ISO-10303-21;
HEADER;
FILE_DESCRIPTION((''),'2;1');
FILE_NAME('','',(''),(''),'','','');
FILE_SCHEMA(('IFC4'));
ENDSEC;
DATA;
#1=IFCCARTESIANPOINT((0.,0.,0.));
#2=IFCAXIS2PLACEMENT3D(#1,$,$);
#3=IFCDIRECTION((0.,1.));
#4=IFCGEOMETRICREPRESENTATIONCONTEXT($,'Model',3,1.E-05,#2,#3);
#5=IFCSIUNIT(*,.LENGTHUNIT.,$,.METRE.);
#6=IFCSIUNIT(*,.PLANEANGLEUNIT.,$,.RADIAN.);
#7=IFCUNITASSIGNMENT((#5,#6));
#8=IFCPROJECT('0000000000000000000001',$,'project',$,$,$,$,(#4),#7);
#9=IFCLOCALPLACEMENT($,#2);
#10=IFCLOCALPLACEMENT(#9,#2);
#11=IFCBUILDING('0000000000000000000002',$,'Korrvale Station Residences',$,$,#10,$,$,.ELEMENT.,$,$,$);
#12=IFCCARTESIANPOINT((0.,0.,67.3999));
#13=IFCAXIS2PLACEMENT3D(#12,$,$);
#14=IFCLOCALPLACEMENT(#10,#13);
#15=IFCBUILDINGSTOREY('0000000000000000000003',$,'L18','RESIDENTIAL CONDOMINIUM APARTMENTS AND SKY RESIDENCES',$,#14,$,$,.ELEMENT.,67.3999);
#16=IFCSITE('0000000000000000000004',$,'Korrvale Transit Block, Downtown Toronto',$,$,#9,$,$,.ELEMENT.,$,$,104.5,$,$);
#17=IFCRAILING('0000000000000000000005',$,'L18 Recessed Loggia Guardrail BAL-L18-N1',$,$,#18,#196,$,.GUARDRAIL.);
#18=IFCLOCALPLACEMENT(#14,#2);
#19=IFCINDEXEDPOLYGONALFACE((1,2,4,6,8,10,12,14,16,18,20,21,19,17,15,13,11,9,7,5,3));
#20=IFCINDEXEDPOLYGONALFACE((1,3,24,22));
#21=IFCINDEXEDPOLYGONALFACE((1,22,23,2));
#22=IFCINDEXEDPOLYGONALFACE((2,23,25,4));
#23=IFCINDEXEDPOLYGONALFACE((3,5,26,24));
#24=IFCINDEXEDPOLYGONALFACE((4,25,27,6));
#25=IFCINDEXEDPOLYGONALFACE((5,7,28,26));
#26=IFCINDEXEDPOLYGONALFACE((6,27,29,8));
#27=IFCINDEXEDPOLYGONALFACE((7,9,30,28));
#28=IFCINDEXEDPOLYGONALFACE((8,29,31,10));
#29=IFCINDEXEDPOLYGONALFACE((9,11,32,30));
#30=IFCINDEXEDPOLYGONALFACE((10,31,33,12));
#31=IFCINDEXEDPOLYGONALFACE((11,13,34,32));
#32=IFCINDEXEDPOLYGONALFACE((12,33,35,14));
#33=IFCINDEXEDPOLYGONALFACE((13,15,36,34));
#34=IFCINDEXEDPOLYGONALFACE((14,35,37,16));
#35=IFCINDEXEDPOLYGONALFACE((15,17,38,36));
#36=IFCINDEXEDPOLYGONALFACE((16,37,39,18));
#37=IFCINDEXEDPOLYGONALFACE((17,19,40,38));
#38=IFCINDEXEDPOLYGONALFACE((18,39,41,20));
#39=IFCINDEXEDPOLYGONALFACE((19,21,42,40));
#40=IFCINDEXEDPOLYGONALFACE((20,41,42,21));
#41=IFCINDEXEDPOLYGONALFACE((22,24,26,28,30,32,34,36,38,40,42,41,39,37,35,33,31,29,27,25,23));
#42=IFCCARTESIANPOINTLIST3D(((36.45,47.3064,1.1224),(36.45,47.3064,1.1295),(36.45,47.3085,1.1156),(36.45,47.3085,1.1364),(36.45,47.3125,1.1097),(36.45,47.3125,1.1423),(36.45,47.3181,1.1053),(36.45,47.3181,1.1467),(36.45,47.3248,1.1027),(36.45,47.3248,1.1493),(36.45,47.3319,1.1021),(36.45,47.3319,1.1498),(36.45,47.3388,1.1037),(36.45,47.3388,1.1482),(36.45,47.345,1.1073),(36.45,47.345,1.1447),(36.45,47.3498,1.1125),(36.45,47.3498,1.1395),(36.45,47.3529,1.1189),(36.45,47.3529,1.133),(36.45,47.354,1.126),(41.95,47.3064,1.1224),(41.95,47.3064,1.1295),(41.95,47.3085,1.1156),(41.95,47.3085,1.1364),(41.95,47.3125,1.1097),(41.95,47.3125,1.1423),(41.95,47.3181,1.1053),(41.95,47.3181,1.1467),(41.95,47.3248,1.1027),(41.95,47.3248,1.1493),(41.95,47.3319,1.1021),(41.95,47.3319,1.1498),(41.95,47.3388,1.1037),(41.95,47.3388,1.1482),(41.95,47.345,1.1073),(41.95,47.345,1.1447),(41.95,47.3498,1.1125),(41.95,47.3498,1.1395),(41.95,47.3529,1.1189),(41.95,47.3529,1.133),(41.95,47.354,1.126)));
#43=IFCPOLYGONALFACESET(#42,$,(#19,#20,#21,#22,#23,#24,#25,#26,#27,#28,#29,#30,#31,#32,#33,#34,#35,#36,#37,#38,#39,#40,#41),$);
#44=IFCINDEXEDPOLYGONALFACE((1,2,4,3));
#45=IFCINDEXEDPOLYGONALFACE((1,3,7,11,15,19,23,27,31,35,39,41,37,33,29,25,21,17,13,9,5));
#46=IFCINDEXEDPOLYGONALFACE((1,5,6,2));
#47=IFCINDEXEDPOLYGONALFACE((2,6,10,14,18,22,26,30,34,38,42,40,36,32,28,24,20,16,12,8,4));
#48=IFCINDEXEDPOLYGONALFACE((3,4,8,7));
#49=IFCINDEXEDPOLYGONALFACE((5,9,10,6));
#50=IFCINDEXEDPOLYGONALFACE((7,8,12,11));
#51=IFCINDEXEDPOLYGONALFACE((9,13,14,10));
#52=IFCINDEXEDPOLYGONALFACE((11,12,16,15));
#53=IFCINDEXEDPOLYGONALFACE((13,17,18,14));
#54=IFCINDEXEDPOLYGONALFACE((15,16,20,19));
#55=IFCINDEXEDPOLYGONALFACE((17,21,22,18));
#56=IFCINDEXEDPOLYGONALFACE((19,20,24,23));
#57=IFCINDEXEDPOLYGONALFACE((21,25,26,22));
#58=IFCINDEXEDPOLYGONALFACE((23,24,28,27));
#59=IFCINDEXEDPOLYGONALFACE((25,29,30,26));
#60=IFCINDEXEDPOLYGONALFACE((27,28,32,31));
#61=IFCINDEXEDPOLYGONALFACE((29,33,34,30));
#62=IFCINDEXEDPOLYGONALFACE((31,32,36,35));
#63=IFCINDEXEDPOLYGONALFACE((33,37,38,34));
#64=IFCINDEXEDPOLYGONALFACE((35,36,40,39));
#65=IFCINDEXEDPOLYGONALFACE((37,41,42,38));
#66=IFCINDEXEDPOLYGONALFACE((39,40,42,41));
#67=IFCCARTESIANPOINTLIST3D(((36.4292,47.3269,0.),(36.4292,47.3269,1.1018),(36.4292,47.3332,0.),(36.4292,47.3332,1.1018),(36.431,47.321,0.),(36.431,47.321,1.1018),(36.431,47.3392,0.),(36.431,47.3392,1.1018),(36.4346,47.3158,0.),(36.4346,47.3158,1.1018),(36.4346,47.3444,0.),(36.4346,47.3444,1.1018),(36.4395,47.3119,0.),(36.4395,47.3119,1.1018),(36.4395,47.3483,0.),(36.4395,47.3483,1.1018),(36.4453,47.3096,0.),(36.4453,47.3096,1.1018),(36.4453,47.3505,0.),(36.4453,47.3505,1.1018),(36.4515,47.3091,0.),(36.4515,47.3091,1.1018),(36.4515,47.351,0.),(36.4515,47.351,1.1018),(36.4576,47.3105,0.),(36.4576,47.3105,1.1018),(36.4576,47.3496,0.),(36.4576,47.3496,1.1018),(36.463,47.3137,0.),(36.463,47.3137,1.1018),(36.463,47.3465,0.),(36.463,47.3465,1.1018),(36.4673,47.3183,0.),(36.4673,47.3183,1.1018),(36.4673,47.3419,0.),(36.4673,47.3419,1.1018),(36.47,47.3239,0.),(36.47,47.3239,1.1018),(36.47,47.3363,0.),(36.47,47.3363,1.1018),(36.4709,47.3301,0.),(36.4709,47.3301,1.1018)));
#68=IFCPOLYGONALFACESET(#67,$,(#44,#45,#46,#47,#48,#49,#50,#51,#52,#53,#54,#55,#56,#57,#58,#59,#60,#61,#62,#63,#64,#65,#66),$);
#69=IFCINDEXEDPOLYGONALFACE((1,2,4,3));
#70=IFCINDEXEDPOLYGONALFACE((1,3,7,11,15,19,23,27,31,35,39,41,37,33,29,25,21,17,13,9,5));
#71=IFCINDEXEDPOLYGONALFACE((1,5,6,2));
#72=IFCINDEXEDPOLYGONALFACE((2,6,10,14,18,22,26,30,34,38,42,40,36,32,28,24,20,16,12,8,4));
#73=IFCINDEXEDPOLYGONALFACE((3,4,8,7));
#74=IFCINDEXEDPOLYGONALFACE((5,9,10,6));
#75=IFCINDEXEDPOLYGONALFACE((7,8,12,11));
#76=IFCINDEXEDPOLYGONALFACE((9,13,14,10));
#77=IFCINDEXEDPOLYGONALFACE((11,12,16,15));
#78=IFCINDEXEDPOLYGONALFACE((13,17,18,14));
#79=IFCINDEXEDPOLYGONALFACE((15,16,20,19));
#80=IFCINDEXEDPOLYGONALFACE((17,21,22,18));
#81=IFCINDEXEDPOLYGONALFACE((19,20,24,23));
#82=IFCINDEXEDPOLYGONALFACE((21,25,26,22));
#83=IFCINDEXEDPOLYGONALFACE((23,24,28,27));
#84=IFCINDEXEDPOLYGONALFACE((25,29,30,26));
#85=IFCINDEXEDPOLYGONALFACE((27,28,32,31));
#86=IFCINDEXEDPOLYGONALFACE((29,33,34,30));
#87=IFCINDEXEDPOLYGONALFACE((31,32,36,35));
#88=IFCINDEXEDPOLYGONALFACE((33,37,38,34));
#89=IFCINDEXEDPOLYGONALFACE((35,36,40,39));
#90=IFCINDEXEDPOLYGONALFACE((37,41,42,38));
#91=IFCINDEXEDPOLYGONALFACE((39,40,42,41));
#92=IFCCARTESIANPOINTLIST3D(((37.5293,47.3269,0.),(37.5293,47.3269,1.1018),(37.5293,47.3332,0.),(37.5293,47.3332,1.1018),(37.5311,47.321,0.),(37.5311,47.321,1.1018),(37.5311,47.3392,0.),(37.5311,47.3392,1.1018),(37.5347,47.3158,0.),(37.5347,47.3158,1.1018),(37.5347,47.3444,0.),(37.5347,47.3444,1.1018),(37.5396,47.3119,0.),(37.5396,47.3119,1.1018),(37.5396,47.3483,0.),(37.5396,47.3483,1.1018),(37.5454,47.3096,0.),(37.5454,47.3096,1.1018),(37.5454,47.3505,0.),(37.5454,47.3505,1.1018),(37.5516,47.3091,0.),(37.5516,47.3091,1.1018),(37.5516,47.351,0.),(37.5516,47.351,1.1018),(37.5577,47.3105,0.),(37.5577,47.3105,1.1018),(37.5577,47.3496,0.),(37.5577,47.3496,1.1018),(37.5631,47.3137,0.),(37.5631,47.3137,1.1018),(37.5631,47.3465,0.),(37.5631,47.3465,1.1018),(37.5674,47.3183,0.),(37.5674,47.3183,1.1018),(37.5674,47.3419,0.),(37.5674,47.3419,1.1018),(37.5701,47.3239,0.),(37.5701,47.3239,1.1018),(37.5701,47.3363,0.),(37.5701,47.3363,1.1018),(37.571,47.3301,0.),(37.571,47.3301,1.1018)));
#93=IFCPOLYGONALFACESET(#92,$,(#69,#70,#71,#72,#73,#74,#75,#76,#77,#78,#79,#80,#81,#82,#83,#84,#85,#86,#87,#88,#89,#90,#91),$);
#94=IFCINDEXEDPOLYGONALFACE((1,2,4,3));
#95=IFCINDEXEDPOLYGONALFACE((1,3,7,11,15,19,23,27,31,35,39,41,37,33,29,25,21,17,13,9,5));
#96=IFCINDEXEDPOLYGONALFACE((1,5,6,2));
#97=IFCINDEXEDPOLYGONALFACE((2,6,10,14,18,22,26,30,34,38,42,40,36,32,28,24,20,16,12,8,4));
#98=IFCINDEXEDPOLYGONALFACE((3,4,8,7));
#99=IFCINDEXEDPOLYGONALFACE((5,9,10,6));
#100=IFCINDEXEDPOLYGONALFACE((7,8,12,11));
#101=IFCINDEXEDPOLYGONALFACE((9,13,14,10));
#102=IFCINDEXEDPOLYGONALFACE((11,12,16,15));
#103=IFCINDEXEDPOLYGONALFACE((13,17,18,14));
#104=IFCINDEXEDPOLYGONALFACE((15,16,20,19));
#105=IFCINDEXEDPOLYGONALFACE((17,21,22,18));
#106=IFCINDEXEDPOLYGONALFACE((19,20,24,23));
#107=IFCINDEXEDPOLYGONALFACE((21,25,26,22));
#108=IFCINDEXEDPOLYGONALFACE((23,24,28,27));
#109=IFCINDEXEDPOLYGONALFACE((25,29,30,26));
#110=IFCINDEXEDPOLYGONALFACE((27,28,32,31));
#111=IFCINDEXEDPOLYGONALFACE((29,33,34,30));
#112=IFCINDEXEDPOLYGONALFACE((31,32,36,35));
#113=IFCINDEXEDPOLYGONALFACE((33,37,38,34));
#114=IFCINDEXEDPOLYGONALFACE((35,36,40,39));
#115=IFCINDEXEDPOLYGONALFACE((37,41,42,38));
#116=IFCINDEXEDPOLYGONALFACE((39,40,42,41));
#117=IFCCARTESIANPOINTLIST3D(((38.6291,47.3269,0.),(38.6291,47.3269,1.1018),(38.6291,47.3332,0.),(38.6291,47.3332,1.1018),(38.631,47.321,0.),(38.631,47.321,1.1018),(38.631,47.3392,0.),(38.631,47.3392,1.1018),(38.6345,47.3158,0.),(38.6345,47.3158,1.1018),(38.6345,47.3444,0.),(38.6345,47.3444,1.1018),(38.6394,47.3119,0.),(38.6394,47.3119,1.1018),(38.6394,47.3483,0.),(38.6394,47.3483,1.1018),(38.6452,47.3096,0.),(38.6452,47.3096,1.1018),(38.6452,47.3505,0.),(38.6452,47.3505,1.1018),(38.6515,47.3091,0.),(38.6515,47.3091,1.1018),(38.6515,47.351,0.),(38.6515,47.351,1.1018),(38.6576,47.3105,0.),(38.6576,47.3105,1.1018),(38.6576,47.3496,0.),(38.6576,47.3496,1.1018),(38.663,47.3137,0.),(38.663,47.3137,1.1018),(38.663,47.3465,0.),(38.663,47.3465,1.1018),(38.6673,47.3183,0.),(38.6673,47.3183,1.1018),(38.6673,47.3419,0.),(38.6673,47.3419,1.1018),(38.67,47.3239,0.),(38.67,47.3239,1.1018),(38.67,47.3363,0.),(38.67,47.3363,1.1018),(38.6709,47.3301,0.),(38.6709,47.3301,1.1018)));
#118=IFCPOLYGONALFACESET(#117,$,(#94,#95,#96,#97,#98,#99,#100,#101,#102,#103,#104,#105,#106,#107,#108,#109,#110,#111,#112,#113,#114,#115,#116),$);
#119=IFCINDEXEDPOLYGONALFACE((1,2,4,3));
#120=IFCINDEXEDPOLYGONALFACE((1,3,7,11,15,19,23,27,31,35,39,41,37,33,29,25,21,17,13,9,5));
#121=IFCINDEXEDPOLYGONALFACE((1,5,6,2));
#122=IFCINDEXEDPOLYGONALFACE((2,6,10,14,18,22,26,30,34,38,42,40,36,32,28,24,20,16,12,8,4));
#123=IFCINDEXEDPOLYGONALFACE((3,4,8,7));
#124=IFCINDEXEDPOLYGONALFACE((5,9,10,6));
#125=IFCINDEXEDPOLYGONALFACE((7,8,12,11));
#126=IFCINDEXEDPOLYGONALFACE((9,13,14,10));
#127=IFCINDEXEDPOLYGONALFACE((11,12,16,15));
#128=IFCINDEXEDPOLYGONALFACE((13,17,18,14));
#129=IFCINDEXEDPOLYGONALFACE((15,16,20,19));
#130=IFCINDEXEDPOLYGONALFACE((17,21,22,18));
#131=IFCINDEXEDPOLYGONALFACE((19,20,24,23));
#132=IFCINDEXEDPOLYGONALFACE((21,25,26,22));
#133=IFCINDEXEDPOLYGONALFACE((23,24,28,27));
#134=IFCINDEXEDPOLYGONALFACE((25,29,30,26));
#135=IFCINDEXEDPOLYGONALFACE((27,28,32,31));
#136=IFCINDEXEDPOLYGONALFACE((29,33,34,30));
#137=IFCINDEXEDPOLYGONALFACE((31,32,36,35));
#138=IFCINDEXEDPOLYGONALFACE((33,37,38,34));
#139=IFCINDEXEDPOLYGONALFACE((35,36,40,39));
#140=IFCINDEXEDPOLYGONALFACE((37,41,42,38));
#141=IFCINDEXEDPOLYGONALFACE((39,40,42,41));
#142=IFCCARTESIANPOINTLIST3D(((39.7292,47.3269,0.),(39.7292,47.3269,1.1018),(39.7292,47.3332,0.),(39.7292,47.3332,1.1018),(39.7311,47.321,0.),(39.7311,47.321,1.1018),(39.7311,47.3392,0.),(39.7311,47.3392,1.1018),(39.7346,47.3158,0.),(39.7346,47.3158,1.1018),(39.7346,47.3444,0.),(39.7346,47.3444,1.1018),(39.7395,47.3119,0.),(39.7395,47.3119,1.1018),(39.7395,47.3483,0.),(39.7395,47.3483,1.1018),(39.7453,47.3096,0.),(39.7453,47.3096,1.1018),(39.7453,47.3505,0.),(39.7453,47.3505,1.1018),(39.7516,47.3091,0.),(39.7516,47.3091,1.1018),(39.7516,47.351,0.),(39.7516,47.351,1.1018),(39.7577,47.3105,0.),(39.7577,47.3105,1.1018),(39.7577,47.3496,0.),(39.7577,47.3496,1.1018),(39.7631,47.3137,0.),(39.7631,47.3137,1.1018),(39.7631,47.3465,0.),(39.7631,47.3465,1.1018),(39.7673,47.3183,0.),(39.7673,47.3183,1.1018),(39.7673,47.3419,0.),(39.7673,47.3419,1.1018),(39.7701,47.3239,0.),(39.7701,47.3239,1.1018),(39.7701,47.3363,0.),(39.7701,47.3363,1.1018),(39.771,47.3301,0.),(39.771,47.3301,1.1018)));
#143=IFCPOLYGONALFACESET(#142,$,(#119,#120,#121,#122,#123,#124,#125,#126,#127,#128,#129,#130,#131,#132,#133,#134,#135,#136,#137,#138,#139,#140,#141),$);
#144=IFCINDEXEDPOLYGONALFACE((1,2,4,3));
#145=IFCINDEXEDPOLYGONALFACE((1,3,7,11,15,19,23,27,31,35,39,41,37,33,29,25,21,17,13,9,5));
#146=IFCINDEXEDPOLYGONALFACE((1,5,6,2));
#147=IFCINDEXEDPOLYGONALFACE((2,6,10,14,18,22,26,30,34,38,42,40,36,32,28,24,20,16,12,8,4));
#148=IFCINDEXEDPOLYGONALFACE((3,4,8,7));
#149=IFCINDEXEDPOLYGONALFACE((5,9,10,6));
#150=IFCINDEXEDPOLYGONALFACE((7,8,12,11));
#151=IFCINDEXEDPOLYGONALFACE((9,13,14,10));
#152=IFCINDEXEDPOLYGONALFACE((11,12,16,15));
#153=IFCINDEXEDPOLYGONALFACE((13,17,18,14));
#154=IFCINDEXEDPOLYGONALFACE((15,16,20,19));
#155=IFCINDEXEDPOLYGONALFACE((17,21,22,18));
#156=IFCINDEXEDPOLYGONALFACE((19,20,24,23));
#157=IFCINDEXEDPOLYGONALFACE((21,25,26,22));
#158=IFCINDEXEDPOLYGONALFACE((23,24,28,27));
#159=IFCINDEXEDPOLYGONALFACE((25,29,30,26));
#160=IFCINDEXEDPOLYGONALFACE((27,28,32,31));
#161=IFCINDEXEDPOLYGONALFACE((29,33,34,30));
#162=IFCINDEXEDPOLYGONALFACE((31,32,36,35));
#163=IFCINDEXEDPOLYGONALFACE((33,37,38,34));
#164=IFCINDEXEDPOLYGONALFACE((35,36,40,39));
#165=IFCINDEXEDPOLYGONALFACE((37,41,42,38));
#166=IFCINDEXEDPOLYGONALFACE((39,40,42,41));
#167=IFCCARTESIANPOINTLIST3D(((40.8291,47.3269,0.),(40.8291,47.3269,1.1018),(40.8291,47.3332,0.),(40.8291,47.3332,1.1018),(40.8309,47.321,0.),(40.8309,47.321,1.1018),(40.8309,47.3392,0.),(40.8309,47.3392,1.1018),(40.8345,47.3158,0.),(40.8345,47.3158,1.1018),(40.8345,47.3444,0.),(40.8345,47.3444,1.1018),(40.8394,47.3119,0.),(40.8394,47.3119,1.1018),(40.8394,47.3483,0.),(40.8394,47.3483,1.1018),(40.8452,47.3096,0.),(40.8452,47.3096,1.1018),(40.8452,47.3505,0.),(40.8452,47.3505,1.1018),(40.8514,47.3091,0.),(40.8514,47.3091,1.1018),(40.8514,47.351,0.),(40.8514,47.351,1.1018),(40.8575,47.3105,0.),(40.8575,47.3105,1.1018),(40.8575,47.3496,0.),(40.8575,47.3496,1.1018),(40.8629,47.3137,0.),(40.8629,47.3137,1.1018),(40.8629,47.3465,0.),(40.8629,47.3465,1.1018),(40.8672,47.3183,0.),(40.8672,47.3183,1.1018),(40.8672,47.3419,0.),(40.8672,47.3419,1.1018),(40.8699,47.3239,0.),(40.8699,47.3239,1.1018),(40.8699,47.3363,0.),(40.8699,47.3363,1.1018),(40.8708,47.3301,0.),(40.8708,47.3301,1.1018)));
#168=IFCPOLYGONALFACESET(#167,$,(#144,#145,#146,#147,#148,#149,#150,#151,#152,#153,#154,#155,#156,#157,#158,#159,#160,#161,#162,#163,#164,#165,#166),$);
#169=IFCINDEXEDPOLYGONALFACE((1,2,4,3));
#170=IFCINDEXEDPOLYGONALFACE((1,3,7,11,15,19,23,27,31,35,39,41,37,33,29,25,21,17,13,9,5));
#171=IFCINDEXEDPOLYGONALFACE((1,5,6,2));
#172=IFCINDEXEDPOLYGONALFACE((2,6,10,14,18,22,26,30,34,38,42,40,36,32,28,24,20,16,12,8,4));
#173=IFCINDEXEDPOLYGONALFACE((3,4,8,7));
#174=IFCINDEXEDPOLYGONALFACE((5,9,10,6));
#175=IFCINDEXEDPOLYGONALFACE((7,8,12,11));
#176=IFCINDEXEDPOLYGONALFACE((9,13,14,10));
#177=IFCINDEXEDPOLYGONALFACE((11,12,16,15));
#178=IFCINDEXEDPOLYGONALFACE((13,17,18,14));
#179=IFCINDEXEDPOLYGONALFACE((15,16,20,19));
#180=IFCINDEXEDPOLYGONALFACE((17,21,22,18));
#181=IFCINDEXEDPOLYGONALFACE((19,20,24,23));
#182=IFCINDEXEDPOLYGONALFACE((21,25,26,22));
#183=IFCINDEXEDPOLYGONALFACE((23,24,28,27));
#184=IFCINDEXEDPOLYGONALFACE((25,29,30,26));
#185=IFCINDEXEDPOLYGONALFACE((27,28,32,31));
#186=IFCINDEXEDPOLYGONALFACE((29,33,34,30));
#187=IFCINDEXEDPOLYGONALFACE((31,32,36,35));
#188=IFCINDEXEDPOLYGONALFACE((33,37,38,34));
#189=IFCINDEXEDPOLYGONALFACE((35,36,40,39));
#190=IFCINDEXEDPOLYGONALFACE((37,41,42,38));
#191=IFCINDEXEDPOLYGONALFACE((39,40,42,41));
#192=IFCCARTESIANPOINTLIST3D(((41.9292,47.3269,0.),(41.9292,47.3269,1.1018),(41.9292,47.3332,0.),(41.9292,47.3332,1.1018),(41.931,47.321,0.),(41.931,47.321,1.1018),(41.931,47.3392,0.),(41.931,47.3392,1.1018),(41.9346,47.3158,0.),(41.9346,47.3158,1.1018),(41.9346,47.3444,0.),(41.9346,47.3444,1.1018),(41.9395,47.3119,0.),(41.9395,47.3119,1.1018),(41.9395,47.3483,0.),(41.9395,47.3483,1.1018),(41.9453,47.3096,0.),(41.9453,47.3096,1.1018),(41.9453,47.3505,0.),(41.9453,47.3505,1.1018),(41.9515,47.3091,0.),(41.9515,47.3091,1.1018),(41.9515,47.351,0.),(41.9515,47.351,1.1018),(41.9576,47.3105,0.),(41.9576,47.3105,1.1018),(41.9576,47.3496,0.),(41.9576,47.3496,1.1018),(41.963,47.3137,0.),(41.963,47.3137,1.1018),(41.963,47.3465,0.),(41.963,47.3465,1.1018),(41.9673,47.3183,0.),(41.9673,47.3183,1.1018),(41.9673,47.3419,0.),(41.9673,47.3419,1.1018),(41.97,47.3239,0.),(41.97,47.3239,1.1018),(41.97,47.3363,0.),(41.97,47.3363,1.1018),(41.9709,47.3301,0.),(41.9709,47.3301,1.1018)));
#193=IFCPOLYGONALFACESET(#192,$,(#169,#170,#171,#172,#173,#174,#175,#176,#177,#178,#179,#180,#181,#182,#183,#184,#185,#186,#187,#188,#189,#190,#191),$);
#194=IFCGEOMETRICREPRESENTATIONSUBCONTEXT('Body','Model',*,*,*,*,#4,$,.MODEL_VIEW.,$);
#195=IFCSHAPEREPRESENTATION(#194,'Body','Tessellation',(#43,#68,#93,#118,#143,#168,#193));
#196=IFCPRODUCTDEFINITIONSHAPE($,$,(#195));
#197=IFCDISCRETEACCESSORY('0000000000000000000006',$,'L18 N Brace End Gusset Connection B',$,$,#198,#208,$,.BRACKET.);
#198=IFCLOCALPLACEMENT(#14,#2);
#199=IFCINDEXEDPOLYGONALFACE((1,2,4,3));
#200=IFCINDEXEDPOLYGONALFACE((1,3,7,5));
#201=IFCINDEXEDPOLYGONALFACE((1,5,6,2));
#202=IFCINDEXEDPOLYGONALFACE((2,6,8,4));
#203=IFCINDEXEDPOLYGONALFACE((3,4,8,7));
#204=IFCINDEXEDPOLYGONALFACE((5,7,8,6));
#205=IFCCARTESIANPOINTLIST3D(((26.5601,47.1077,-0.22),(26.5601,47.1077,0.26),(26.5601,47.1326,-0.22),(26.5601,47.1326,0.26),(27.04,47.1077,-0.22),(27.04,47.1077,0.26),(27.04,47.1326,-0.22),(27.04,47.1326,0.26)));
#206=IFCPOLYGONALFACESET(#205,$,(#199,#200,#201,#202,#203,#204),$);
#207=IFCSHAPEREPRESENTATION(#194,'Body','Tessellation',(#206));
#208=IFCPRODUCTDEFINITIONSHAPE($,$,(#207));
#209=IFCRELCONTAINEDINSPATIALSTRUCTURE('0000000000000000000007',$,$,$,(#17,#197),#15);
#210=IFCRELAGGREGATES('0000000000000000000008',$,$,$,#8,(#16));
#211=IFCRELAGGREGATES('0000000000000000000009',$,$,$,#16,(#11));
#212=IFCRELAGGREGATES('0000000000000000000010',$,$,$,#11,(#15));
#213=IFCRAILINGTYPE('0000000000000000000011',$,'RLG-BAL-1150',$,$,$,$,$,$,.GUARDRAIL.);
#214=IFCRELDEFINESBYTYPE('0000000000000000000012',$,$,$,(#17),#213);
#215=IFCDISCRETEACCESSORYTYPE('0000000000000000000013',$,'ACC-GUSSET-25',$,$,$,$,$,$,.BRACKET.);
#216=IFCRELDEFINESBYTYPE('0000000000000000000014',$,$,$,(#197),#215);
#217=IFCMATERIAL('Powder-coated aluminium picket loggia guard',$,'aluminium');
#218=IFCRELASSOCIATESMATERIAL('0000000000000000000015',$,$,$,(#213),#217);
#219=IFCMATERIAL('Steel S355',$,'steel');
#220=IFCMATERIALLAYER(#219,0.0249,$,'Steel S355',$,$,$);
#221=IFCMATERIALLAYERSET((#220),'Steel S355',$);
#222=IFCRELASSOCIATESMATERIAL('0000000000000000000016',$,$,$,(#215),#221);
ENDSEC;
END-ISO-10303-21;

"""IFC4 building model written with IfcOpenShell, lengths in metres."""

from ifc_helpers import new_model, si_unit, direction, frame, origin, origin_2d, place, context, subcontext, project, spatial, rectangle, circle, extrude, material, layer, layer_set, type_object, element, save


model = new_model("IFC4")

# Units and contexts
model_context = context("Model", 3, precision=1e-05, world=origin(), true_north=direction((0.0, 1.0)))
body_context = subcontext(model_context, "Body", "Model", "MODEL_VIEW")
ifc_project = project(units=[si_unit("LENGTHUNIT", "METRE"), si_unit("PLANEANGLEUNIT", "RADIAN")], contexts=[model_context])

# Site, building, storey
site_placement = place(None, origin())
site = spatial("IfcSite", under=ifc_project, at=site_placement, Name="Korrvale Transit Block, Downtown Toronto", CompositionType="ELEMENT", RefElevation=104.5)
building_placement = place(site_placement, origin())
building = spatial("IfcBuilding", under=site, at=building_placement, Name="Korrvale Station Residences", CompositionType="ELEMENT")
storey_placement = place(building_placement, frame((0.0, 0.0, 67.3999)))
storey = spatial("IfcBuildingStorey", under=building, at=storey_placement, Name="L18", Description="RESIDENTIAL CONDOMINIUM APARTMENTS AND SKY RESIDENCES", CompositionType="ELEMENT", Elevation=67.3999)

# Shared definitions
ifc_material_1 = material(Name="Steel S355", Category="steel")

# Railing
ifc_material_2 = material(Name="Powder-coated aluminium picket loggia guard", Category="aluminium")
railing_type = type_object("IfcRailingType", Name="RLG-BAL-1150", PredefinedType="GUARDRAIL", material=ifc_material_2)
railing_placement = place(storey_placement, frame((36.45, 47.3301, 0.0)))
element("IfcRailing", 1, at=railing_placement, inside=storey, type_object=railing_type, Name="L18 Recessed Loggia Guardrail BAL-L18-N1", PredefinedType="GUARDRAIL", context=body_context, shape_type="SweptSolid", body=[
    extrude(circle(Radius=0.0239, at=origin_2d()), frame((0.0, 0.0, 1.126), z_axis=(1.0, 0.0, 0.0), x_axis=(0.0, 1.0, 0.0)), (0.0, 0.0, 1.0), 5.5),
    extrude(circle(Radius=0.021, at=origin_2d()), origin(), (0.0, 0.0, 1.0), 1.1018),
    extrude(circle(Radius=0.021, at=origin_2d()), frame((1.1001, 0.0, 0.0)), (0.0, 0.0, 1.0), 1.1018),
    extrude(circle(Radius=0.021, at=origin_2d()), frame((2.2, 0.0, 0.0)), (0.0, 0.0, 1.0), 1.1018),
    extrude(circle(Radius=0.021, at=origin_2d()), frame((3.3, 0.0, 0.0)), (0.0, 0.0, 1.0), 1.1018),
    extrude(circle(Radius=0.021, at=origin_2d()), frame((4.3999, 0.0, 0.0)), (0.0, 0.0, 1.0), 1.1018),
    extrude(circle(Radius=0.021, at=origin_2d()), frame((5.5, 0.0, 0.0)), (0.0, 0.0, 1.0), 1.1018),
])

# Discrete accessory
ifc_layer_1 = layer(ifc_material_1, 0.0249, Name="Steel S355")
ifc_layer_set_1 = layer_set([ifc_layer_1], Name="Steel S355")
discrete_accessory_type = type_object("IfcDiscreteAccessoryType", Name="ACC-GUSSET-25", PredefinedType="BRACKET", material=ifc_layer_set_1)
discrete_accessory_placement = place(storey_placement, frame((26.8, 47.1201, -0.22), z_axis=(0.0, 0.0, 1.0), x_axis=(1.0, 0.0, 0.0)))
element("IfcDiscreteAccessory", 2, at=discrete_accessory_placement, inside=storey, type_object=discrete_accessory_type, Name="L18 N Brace End Gusset Connection B", PredefinedType="BRACKET", context=body_context, shape_type="SweptSolid", body=[
    extrude(rectangle(XDim=0.48, YDim=0.0249, at=origin_2d()), origin(), (0.0, 0.0, 1.0), 0.48),
])

save(model, "model.ifc")
